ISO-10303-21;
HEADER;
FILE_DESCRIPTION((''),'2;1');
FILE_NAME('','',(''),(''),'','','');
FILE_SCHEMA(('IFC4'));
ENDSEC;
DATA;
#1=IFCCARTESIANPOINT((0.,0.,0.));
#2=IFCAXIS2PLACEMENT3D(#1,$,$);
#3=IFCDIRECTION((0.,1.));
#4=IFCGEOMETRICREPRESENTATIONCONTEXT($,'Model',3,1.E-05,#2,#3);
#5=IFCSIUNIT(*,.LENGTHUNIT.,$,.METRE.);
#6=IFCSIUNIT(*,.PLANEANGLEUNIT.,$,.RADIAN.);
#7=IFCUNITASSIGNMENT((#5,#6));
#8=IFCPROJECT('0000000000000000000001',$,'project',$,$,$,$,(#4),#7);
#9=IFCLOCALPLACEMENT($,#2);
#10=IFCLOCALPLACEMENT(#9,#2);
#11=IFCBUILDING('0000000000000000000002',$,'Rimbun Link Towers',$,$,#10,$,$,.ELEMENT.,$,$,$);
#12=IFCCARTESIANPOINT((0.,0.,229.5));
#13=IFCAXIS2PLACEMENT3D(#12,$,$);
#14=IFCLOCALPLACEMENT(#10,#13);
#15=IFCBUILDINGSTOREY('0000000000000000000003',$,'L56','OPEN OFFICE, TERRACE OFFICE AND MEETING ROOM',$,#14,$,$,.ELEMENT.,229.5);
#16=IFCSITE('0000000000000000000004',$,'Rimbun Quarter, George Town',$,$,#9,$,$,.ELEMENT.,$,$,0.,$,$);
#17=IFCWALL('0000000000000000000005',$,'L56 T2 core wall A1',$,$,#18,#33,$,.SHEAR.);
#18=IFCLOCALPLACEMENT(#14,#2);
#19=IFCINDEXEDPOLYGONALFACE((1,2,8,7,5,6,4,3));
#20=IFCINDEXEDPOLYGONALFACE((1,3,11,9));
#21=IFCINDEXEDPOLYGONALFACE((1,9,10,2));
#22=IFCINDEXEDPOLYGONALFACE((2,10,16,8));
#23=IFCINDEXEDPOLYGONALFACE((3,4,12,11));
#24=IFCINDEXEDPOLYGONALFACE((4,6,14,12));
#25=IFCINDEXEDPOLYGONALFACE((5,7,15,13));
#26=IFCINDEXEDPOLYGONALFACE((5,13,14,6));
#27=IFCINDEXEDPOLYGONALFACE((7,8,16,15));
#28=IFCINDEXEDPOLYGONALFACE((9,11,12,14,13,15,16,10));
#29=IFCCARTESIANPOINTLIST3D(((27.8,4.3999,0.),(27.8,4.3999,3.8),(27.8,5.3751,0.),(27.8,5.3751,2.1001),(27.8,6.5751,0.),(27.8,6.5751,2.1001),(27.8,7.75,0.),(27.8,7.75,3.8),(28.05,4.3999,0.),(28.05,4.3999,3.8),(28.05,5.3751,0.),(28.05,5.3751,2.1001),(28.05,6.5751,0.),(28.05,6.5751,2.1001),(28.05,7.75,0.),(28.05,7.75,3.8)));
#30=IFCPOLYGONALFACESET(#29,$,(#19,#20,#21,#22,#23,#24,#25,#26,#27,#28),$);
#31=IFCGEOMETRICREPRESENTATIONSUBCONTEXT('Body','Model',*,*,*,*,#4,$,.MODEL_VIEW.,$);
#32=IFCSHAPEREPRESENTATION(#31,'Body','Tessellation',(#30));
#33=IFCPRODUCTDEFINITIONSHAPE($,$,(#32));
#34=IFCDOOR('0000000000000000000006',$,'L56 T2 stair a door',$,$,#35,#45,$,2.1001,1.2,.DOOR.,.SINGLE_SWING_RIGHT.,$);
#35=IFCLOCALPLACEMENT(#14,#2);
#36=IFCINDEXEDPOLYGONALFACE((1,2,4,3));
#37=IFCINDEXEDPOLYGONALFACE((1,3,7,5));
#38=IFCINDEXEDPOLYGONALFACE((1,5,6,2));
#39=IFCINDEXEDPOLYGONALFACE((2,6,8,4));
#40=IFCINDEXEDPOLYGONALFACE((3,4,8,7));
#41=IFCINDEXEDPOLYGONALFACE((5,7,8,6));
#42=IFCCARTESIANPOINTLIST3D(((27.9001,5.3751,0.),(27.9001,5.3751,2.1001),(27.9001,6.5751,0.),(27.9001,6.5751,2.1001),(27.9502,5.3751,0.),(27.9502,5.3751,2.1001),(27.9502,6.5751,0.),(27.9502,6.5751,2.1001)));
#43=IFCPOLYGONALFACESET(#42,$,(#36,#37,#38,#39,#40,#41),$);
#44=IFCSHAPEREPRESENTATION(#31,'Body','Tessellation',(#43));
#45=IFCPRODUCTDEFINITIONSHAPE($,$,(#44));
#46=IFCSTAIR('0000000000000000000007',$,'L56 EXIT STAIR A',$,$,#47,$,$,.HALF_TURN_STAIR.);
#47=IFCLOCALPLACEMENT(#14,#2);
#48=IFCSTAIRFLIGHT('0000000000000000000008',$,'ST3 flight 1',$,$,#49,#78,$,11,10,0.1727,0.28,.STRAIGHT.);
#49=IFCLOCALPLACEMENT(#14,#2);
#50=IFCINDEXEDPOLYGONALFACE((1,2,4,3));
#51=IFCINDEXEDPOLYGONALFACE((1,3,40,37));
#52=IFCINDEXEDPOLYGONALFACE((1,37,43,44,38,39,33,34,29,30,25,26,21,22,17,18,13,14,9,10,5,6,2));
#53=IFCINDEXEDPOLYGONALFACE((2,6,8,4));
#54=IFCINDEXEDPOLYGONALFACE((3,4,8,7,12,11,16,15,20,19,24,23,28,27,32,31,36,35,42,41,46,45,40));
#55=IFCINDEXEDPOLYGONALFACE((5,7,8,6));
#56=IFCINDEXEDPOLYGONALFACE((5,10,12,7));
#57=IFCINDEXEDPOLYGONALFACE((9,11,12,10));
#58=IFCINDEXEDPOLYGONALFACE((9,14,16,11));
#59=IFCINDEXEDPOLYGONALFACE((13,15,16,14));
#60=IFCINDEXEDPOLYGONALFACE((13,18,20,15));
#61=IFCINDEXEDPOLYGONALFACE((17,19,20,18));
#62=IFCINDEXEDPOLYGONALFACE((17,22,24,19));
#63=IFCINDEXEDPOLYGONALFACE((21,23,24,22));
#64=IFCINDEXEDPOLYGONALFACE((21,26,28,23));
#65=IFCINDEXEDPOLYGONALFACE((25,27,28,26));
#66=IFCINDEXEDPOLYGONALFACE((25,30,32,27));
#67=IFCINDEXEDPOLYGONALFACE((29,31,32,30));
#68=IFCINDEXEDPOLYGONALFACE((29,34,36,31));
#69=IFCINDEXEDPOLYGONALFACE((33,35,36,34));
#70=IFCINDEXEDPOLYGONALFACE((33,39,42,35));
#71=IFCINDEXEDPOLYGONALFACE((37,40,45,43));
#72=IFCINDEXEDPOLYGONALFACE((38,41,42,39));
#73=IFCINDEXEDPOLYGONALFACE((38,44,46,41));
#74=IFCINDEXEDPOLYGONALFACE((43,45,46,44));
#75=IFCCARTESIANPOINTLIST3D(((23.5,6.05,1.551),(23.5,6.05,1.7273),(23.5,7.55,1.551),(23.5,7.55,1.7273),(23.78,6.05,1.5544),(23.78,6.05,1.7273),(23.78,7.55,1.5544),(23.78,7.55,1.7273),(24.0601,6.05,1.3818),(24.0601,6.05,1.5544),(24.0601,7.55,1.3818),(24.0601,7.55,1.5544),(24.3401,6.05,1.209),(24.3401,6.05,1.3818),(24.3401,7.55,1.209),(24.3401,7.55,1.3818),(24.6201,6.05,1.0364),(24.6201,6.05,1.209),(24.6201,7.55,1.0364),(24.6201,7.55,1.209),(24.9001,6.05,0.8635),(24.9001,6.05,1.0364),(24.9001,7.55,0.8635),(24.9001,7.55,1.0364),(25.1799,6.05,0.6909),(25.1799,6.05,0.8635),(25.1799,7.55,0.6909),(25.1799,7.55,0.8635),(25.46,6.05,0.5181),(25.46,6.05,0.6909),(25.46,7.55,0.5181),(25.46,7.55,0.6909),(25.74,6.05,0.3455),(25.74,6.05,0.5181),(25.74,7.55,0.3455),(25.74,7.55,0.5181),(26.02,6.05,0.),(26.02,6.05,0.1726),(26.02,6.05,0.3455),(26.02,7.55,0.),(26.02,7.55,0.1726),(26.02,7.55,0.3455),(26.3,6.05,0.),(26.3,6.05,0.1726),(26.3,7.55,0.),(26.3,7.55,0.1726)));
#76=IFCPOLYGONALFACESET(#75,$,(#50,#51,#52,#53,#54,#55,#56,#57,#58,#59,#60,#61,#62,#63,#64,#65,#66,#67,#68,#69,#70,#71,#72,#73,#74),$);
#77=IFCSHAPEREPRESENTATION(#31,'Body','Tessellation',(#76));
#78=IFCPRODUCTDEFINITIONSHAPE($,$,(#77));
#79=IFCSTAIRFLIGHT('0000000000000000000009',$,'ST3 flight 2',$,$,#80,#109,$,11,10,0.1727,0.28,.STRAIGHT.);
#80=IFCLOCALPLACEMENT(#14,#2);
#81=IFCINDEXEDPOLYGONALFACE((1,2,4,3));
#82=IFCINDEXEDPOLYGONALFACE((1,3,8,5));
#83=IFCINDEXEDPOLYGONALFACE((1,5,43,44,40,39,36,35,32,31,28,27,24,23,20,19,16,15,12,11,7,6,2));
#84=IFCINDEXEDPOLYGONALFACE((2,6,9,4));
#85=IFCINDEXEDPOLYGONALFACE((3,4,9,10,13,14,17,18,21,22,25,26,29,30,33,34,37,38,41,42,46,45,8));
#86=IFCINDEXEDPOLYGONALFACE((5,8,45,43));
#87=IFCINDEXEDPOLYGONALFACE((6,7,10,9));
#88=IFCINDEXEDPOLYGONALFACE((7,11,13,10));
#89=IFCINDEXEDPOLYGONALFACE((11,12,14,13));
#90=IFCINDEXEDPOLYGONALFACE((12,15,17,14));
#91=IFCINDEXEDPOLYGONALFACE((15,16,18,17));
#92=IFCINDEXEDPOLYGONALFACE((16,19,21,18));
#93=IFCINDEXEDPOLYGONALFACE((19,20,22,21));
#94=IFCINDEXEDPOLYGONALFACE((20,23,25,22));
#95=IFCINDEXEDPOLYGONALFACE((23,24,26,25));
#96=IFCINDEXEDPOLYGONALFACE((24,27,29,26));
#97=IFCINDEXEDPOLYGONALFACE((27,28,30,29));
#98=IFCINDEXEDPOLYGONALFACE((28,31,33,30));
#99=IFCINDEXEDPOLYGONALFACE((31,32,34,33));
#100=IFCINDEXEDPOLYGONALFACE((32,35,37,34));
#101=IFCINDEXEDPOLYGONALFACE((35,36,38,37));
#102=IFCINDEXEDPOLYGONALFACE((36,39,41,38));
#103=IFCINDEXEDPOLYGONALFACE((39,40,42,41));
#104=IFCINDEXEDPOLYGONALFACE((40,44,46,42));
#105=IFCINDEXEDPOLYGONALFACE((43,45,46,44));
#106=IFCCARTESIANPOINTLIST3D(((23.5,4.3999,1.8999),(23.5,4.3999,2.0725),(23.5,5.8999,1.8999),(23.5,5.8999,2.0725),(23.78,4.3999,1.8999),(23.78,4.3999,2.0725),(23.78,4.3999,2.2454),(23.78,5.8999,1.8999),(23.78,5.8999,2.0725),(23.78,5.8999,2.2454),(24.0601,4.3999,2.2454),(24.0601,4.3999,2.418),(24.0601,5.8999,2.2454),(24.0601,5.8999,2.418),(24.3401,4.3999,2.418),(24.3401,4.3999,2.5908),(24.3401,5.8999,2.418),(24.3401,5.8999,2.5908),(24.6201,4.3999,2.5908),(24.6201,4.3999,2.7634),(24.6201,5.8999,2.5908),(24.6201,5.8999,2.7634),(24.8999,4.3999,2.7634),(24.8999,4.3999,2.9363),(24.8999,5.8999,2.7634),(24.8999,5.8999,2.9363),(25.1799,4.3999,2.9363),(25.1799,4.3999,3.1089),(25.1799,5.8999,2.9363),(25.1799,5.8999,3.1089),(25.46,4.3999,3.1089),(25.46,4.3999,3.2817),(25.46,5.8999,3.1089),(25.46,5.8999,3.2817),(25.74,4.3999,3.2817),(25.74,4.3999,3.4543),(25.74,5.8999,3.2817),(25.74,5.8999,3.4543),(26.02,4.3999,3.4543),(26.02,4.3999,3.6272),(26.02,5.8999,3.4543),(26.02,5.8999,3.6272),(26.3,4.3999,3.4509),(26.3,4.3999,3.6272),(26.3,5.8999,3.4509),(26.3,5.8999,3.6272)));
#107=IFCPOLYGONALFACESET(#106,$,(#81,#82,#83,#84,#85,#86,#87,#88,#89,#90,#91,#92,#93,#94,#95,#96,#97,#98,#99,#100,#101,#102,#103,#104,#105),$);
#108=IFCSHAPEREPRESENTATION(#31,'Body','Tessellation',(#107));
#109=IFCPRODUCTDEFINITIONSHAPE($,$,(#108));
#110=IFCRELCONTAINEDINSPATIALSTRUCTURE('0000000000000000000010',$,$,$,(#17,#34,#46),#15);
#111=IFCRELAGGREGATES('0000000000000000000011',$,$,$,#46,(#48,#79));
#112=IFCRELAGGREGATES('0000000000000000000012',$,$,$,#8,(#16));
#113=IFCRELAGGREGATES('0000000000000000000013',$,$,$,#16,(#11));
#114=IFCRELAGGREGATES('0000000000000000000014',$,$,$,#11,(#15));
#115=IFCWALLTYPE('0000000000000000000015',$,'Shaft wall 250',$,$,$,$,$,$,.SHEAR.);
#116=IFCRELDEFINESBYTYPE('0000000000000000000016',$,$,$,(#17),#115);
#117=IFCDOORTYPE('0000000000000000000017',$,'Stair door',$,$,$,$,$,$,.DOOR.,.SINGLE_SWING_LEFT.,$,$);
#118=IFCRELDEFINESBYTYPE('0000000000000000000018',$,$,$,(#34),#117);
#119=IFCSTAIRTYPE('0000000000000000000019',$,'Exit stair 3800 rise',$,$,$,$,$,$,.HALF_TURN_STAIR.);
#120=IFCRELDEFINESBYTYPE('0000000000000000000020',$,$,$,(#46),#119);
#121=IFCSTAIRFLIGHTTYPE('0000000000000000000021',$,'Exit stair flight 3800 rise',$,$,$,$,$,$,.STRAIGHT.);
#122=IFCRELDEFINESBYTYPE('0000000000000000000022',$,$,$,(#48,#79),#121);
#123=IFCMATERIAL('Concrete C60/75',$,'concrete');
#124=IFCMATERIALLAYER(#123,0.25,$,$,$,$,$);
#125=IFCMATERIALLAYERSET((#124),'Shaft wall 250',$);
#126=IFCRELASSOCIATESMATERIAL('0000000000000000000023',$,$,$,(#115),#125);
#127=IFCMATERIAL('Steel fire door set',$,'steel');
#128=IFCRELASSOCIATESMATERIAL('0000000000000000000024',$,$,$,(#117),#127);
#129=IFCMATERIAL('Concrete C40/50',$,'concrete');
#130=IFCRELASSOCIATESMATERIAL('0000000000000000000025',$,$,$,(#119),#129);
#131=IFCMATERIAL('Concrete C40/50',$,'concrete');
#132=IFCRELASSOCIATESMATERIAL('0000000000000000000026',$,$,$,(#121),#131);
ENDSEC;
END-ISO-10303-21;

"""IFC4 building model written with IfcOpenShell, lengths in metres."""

from ifc_helpers import new_model, si_unit, direction, frame, frame_2d, origin, place, context, subcontext, project, spatial, polyline, rectangle, outline, extrude, material, layer, layer_set, type_object, element, fill, aggregate, save


model = new_model("IFC4")

# Units and contexts
model_context = context("Model", 3, precision=1e-05, world=origin(), true_north=direction((0.0, 1.0)))
body_context = subcontext(model_context, "Body", "Model", "MODEL_VIEW")
ifc_project = project(units=[si_unit("LENGTHUNIT", "METRE"), si_unit("PLANEANGLEUNIT", "RADIAN")], contexts=[model_context])

# Site, building, storey
site_placement = place(None, origin())
site = spatial("IfcSite", under=ifc_project, at=site_placement, Name="Rimbun Quarter, George Town", CompositionType="ELEMENT", RefElevation=0.0)
building_placement = place(site_placement, origin())
building = spatial("IfcBuilding", under=site, at=building_placement, Name="Rimbun Link Towers", CompositionType="ELEMENT")
storey_placement = place(building_placement, frame((0.0, 0.0, 229.5)))
storey = spatial("IfcBuildingStorey", under=building, at=storey_placement, Name="L56", Description="OPEN OFFICE, TERRACE OFFICE AND MEETING ROOM", CompositionType="ELEMENT", Elevation=229.5)

# Shared definitions
ifc_material_1 = material(Name="Concrete C60/75", Category="concrete")
ifc_layer = layer(ifc_material_1, 0.25)
ifc_layer_set = layer_set([ifc_layer], Name="Shaft wall 250")
wall_type = type_object("IfcWallType", Name="Shaft wall 250", PredefinedType="SHEAR", material=ifc_layer_set)

# Wall, opening, door
wall_1_placement = place(storey_placement, frame((27.925, 4.3999, 0.0), z_axis=(0.0, 0.0, 1.0), x_axis=(0.0, 1.0, 0.0)))
wall_1 = element("IfcWall", 1, at=wall_1_placement, inside=storey, type_object=wall_type, Name="L56 T2 core wall A1", PredefinedType="SHEAR", context=body_context, shape_type="SweptSolid", body=[
    extrude(rectangle(XDim=3.3501, YDim=0.25, at=frame_2d((1.675, 0.0))), origin(), (0.0, 0.0, 1.0), 3.8),
])
opening_1_placement = place(wall_1_placement, frame((0.9751, 0.0, 0.0)))
opening_1 = element("IfcOpeningElement", 2, at=opening_1_placement, cuts=wall_1, PredefinedType="OPENING", context=body_context, shape_type="SweptSolid", body=[
    extrude(rectangle(XDim=1.2, YDim=2.1001, at=frame_2d((0.6001, 1.05))), frame((0.0, 0.135, 0.0), z_axis=(0.0, -1.0, 0.0), x_axis=(1.0, 0.0, 0.0)), (0.0, 0.0, 1.0), 0.27),
])
ifc_material_2 = material(Name="Steel fire door set", Category="steel")
door_type_1 = type_object("IfcDoorType", Name="Stair door", OperationType="SINGLE_SWING_LEFT", PredefinedType="DOOR", material=ifc_material_2)
door_1_placement = place(opening_1_placement, origin())
door_1 = element("IfcDoor", 3, at=door_1_placement, inside=storey, type_object=door_type_1, Name="L56 T2 stair a door", OperationType="SINGLE_SWING_RIGHT", OverallHeight=2.1001, OverallWidth=1.2, PredefinedType="DOOR", context=body_context, shape_type="SweptSolid", body=[
    extrude(rectangle(XDim=1.2, YDim=2.1001, at=frame_2d((0.6001, 1.05))), frame((0.0, 0.0249, 0.0), z_axis=(0.0, -1.0, 0.0), x_axis=(1.0, 0.0, 0.0)), (0.0, 0.0, 1.0), 0.05),
])
fill(opening_1, door_1)

# Stair, stair flights
ifc_material_3 = material(Name="Concrete C40/50", Category="concrete")
stair_type = type_object("IfcStairType", Name="Exit stair 3800 rise", PredefinedType="HALF_TURN_STAIR", material=ifc_material_3)
stair_placement = place(storey_placement, origin())
stair = element("IfcStair", 4, at=stair_placement, inside=storey, type_object=stair_type, Name="L56 EXIT STAIR A", PredefinedType="HALF_TURN_STAIR")
ifc_material_4 = material(Name="Concrete C40/50", Category="concrete")
stair_flight_type = type_object("IfcStairFlightType", Name="Exit stair flight 3800 rise", PredefinedType="STRAIGHT", material=ifc_material_4)
stair_flight_1_placement = place(storey_placement, frame((26.3, 6.8, 0.0), z_axis=(0.0, 0.0, 1.0), x_axis=(-1.0, 0.0, 0.0)))
stair_flight_1 = element("IfcStairFlight", 5, at=stair_flight_1_placement, type_object=stair_flight_type, Name="ST3 flight 1", NumberOfRisers=11, NumberOfTreads=10, PredefinedType="STRAIGHT", RiserHeight=0.1727, TreadLength=0.28, context=body_context, shape_type="SweptSolid", body=[
    extrude(outline(polyline([(0.0, 0.0), (0.0, 0.1726), (0.28, 0.1726), (0.28, 0.3455), (0.5601, 0.3455), (0.5601, 0.5181), (0.8401, 0.5181), (0.8401, 0.6909), (1.1201, 0.6909), (1.1201, 0.8635), (1.3999, 0.8635), (1.3999, 1.0364), (1.6799, 1.0364), (1.6799, 1.209), (1.96, 1.209), (1.96, 1.3818), (2.24, 1.3818), (2.24, 1.5544), (2.52, 1.5544), (2.52, 1.7273), (2.8, 1.7273), (2.8, 1.8999), (2.8, 1.551), (0.28, 0.0), (0.0, 0.0)])), frame((0.0, 0.75, 0.0), z_axis=(0.0, -1.0, 0.0), x_axis=(1.0, 0.0, 0.0)), (0.0, 0.0, 1.0), 1.5),
])
stair_flight_2_placement = place(storey_placement, frame((23.5, 5.1499, 1.8999), z_axis=(0.0, 0.0, 1.0), x_axis=(1.0, 0.0, 0.0)))
stair_flight_2 = element("IfcStairFlight", 6, at=stair_flight_2_placement, type_object=stair_flight_type, Name="ST3 flight 2", NumberOfRisers=11, NumberOfTreads=10, PredefinedType="STRAIGHT", RiserHeight=0.1727, TreadLength=0.28, context=body_context, shape_type="SweptSolid", body=[
    extrude(outline(polyline([(0.0, 0.0), (0.0, 0.1726), (0.28, 0.1726), (0.28, 0.3455), (0.5601, 0.3455), (0.5601, 0.5181), (0.8401, 0.5181), (0.8401, 0.6909), (1.1201, 0.6909), (1.1201, 0.8635), (1.3999, 0.8635), (1.3999, 1.0364), (1.6799, 1.0364), (1.6799, 1.209), (1.96, 1.209), (1.96, 1.3818), (2.24, 1.3818), (2.24, 1.5544), (2.52, 1.5544), (2.52, 1.7273), (2.8, 1.7273), (2.8, 1.8999), (2.8, 1.551), (0.28, 0.0), (0.0, 0.0)])), frame((0.0, 0.75, 0.0), z_axis=(0.0, -1.0, 0.0), x_axis=(1.0, 0.0, 0.0)), (0.0, 0.0, 1.0), 1.5),
])
aggregate(stair, [stair_flight_1, stair_flight_2])

save(model, "model.ifc")
